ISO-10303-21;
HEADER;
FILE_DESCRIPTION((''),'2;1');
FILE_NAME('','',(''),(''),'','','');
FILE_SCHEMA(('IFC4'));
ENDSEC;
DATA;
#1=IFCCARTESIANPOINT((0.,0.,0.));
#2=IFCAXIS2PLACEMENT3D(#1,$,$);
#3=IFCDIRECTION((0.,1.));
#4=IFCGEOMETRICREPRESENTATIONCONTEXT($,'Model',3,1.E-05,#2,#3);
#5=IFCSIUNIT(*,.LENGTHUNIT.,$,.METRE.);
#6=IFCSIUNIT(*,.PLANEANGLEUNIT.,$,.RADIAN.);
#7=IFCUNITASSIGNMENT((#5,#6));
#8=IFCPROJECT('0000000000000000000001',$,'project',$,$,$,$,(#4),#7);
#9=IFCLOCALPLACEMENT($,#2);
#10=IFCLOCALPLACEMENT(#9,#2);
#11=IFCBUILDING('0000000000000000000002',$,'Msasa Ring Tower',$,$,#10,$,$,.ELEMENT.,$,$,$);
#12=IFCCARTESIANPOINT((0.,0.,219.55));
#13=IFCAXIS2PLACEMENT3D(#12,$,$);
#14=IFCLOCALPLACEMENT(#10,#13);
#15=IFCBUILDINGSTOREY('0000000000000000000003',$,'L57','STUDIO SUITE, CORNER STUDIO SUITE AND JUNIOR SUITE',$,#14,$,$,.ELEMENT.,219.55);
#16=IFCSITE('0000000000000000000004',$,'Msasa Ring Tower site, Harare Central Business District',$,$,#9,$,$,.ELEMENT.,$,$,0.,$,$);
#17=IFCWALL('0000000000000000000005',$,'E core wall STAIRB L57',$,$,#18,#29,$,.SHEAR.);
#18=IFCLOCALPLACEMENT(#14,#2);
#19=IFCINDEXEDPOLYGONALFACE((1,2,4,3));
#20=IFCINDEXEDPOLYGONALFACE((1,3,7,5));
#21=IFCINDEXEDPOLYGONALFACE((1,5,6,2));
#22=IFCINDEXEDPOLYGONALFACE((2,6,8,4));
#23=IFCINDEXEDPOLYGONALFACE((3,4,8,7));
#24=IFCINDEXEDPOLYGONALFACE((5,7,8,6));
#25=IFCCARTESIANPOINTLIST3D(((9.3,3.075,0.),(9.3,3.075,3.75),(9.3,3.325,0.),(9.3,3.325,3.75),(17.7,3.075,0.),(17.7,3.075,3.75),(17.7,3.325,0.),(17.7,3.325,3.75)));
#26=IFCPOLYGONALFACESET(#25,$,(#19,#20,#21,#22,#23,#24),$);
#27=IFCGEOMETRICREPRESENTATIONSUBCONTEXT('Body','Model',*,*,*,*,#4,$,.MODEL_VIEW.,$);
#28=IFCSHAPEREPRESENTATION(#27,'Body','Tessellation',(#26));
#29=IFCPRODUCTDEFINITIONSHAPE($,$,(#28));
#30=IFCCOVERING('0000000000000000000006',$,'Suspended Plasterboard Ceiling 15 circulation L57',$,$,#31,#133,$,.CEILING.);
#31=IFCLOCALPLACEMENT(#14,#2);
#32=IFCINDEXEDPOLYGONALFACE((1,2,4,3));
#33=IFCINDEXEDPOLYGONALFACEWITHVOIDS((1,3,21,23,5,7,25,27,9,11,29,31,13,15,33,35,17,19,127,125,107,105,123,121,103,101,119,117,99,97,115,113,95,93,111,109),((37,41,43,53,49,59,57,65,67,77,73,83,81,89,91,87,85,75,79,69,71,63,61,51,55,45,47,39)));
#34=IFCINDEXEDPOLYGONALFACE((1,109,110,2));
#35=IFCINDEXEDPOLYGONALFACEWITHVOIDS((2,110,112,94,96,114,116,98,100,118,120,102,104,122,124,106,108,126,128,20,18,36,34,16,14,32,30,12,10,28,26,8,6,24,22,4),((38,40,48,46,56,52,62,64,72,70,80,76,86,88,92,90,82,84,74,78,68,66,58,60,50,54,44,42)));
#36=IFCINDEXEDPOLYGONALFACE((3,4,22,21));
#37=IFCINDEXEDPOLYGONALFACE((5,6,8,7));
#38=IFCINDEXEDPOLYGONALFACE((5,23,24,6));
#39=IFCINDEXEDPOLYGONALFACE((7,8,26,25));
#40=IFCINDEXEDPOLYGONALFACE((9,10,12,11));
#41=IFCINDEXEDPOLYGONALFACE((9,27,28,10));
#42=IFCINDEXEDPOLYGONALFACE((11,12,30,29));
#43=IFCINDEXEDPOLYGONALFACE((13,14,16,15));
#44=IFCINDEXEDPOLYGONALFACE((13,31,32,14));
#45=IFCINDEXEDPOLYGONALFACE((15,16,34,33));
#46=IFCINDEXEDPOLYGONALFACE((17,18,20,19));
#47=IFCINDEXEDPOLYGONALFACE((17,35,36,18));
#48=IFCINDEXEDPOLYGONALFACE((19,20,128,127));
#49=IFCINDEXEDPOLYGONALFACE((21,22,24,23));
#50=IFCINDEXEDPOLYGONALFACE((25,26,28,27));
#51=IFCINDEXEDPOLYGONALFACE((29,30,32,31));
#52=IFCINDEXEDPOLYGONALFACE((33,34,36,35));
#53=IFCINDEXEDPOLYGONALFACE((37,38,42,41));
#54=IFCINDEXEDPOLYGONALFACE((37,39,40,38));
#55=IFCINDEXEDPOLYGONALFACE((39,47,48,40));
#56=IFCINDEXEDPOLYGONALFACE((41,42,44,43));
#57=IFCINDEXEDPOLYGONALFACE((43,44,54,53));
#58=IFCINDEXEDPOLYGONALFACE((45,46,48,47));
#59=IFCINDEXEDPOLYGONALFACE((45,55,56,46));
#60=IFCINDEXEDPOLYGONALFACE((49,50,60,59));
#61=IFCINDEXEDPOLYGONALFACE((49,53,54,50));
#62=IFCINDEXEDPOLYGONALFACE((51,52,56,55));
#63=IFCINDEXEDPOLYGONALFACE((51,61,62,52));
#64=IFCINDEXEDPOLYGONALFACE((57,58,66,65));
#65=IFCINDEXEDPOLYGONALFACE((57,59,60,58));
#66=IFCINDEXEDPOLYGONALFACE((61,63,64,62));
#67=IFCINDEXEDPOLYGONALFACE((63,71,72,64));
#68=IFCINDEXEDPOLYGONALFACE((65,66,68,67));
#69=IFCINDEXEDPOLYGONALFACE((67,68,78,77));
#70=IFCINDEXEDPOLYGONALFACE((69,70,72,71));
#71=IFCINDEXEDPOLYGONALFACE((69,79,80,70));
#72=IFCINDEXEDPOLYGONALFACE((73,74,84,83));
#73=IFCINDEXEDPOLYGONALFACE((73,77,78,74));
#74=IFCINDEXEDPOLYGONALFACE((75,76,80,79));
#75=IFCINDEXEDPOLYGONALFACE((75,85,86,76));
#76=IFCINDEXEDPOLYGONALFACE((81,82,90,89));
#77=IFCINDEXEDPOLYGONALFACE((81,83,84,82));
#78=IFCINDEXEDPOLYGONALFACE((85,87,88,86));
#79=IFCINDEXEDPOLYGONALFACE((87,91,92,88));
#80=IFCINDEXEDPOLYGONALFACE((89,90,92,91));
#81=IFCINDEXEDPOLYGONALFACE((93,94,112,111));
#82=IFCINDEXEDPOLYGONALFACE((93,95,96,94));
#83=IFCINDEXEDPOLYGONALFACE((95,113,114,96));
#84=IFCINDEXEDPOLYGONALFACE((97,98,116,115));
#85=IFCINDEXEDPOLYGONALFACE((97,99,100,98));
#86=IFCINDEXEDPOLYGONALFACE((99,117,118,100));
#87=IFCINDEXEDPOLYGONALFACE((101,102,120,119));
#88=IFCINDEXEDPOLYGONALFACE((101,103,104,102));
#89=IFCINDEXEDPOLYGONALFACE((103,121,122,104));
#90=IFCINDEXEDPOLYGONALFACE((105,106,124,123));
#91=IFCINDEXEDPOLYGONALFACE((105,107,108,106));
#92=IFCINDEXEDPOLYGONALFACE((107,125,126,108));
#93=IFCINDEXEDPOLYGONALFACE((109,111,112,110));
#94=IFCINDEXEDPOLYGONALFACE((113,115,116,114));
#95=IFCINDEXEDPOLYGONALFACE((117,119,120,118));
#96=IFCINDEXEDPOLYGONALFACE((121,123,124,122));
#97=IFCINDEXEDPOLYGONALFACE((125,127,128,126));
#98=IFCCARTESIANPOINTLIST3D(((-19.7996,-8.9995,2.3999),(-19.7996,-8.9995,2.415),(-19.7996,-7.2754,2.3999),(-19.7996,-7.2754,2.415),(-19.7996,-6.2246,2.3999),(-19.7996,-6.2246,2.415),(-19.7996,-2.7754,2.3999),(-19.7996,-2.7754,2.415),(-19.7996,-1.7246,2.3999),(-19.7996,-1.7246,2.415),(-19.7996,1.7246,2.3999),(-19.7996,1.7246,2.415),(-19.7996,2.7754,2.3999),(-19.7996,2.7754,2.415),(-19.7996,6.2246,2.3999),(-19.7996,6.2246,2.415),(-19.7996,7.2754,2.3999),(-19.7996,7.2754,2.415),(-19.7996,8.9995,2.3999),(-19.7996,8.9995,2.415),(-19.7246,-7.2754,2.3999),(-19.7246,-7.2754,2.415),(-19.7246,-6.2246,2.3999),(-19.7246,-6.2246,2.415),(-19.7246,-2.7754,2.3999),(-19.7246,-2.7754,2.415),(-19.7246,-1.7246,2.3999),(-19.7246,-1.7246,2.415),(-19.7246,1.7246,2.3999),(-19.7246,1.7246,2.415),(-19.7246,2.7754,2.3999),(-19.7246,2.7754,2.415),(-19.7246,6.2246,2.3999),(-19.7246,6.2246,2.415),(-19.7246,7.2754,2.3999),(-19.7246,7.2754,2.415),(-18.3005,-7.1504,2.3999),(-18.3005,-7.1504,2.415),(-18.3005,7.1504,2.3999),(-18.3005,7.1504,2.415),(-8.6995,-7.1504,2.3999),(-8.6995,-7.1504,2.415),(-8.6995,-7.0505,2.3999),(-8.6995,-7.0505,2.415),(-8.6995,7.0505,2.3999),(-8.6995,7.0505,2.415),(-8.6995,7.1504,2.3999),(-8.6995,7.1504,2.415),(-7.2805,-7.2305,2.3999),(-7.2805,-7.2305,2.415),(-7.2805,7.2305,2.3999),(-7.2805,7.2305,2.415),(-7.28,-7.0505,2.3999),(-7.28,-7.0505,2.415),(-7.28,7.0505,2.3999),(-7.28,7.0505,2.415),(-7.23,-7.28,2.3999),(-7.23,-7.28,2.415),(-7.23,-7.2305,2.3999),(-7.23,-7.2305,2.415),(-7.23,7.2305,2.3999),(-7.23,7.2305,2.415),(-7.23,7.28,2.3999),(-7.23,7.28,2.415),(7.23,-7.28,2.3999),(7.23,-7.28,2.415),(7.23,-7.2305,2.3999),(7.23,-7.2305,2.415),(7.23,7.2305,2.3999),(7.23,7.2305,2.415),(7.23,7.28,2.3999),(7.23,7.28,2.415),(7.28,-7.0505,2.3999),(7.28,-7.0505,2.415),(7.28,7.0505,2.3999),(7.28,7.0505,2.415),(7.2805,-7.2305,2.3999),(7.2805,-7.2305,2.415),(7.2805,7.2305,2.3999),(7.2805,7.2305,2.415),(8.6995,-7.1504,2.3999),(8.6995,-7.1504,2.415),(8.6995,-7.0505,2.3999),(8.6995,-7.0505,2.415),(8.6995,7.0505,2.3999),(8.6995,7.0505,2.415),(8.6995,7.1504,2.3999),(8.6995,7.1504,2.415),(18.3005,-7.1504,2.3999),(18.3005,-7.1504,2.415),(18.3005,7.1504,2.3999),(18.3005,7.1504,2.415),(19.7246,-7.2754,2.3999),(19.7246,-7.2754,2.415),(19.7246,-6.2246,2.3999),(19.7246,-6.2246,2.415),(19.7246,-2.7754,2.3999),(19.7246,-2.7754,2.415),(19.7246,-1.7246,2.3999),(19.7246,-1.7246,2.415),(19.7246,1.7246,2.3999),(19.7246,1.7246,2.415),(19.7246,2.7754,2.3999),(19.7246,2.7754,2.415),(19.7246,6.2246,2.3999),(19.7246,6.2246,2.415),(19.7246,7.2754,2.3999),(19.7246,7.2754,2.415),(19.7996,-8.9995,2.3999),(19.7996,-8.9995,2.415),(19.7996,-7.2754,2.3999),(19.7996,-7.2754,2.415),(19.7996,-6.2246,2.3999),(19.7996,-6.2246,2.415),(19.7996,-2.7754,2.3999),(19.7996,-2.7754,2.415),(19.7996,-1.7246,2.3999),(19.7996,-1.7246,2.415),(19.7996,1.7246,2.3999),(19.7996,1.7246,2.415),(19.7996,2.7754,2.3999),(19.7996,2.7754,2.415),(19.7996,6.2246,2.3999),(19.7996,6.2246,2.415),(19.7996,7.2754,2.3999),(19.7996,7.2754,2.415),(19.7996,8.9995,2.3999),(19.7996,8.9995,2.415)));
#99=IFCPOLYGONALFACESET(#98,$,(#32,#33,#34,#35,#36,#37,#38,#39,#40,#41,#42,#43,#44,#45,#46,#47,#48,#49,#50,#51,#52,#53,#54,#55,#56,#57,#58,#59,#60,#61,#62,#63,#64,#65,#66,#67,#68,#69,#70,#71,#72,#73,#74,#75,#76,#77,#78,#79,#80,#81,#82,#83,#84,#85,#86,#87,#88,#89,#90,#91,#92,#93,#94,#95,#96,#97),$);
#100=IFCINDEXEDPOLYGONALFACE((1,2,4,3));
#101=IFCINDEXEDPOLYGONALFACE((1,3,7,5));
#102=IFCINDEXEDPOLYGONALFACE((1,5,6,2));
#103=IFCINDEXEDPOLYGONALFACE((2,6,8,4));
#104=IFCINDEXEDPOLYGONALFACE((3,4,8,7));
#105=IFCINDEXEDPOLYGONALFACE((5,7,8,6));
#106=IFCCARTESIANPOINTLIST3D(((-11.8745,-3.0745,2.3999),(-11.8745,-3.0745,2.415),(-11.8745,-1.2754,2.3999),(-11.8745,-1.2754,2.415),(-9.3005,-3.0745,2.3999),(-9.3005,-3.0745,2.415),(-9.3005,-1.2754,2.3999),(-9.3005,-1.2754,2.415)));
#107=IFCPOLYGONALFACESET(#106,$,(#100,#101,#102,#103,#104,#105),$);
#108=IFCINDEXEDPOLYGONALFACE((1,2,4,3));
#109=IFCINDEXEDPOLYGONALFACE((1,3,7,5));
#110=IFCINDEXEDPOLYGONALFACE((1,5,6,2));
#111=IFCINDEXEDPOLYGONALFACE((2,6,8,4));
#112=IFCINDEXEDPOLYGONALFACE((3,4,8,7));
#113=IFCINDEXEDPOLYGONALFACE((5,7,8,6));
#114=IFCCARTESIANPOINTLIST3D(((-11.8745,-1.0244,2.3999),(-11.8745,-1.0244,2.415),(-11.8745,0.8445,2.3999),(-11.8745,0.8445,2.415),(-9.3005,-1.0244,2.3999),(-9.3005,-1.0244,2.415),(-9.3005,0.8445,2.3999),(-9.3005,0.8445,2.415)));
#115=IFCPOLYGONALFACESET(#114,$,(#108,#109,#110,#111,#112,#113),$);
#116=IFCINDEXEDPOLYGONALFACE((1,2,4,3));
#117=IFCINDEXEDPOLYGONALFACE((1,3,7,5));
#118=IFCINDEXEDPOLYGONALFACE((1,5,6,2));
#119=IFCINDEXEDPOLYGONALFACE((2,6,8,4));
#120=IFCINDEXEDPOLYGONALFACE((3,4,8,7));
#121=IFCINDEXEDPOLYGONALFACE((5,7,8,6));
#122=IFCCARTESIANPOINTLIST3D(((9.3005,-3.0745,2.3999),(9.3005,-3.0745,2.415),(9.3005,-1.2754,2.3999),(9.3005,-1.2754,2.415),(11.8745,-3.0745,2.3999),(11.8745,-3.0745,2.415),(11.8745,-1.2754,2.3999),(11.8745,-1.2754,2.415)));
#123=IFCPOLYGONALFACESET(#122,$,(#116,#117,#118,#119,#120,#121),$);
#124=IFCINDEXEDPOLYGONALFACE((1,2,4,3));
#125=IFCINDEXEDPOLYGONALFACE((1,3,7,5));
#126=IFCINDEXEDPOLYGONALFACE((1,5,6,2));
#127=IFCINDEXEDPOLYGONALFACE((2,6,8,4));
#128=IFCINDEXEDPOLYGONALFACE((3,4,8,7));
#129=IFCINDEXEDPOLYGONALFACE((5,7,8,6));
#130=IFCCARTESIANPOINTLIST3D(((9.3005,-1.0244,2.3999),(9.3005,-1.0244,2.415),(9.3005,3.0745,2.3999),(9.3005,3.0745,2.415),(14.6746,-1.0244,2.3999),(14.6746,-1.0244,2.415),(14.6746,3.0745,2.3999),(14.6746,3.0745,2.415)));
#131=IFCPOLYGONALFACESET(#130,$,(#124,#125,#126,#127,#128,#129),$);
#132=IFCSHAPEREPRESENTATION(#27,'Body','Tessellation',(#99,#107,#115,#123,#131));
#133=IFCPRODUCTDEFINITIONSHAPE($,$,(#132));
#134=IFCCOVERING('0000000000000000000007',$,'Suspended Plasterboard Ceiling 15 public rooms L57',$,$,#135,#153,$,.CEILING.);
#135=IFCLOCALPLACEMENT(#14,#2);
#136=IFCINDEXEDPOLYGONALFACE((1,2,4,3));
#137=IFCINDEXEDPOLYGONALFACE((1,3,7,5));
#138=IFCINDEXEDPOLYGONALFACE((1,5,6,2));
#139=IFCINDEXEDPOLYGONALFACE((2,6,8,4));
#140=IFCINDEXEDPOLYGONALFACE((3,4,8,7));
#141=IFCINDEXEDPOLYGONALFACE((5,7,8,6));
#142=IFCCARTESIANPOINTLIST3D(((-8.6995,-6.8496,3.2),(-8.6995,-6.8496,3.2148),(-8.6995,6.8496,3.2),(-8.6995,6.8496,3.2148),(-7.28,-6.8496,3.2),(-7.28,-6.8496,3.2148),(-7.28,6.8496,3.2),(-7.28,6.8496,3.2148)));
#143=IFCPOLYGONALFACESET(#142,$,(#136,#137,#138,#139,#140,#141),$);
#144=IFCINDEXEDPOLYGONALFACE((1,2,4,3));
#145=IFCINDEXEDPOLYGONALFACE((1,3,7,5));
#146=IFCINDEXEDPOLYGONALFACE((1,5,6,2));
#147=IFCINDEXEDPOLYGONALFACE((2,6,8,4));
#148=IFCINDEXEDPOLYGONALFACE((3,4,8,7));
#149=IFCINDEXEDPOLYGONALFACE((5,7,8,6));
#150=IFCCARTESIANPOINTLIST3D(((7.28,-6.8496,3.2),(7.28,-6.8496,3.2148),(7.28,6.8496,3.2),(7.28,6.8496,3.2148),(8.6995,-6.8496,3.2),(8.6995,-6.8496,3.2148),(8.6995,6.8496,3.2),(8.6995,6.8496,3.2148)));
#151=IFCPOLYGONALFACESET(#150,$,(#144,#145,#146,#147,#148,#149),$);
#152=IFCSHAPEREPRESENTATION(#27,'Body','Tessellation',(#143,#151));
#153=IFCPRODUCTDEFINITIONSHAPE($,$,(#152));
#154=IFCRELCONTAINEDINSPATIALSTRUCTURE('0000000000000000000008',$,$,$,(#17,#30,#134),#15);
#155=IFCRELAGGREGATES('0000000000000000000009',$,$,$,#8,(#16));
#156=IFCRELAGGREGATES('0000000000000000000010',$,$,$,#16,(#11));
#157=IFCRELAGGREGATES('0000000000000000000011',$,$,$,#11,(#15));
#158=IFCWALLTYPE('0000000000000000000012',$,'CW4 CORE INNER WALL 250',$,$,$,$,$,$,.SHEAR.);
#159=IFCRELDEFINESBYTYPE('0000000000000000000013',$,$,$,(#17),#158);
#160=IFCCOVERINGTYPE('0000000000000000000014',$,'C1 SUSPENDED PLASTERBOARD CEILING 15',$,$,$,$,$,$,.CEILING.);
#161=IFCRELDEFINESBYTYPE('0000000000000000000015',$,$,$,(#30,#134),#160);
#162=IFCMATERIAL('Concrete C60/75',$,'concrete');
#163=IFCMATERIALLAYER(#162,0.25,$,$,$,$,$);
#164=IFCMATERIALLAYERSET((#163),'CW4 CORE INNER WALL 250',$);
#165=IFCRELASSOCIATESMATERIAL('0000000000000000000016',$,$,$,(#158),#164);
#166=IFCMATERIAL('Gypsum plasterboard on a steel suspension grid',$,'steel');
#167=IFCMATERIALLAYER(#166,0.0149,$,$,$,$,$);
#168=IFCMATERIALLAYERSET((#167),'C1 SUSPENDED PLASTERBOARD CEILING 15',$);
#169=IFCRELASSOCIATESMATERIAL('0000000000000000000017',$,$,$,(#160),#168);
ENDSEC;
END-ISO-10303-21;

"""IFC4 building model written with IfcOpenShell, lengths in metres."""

from ifc_helpers import new_model, si_unit, direction, frame, frame_2d, origin, place, context, subcontext, project, spatial, line, indexed_curve, rectangle, outline, extrude, material, layer, layer_set, type_object, element, save


model = new_model("IFC4")

# Units and contexts
model_context = context("Model", 3, precision=1e-05, world=origin(), true_north=direction((0.0, 1.0)))
body_context = subcontext(model_context, "Body", "Model", "MODEL_VIEW")
ifc_project = project(units=[si_unit("LENGTHUNIT", "METRE"), si_unit("PLANEANGLEUNIT", "RADIAN")], contexts=[model_context])

# Site, building, storey
site_placement = place(None, origin())
site = spatial("IfcSite", under=ifc_project, at=site_placement, Name="Msasa Ring Tower site, Harare Central Business District", CompositionType="ELEMENT", RefElevation=0.0)
building_placement = place(site_placement, origin())
building = spatial("IfcBuilding", under=site, at=building_placement, Name="Msasa Ring Tower", CompositionType="ELEMENT")
storey_placement = place(building_placement, frame((0.0, 0.0, 219.55)))
storey = spatial("IfcBuildingStorey", under=building, at=storey_placement, Name="L57", Description="STUDIO SUITE, CORNER STUDIO SUITE AND JUNIOR SUITE", CompositionType="ELEMENT", Elevation=219.55)

# Wall
ifc_material_1 = material(Name="Concrete C60/75", Category="concrete")
ifc_layer_1 = layer(ifc_material_1, 0.25)
ifc_layer_set_1 = layer_set([ifc_layer_1], Name="CW4 CORE INNER WALL 250")
wall_type = type_object("IfcWallType", Name="CW4 CORE INNER WALL 250", PredefinedType="SHEAR", material=ifc_layer_set_1)
wall_placement = place(storey_placement, frame((9.3, 3.2, 0.0), z_axis=(0.0, 0.0, 1.0), x_axis=(1.0, 0.0, 0.0)))
element("IfcWall", 1, at=wall_placement, inside=storey, type_object=wall_type, Name="E core wall STAIRB L57", PredefinedType="SHEAR", context=body_context, shape_type="SweptSolid", body=[
    extrude(rectangle(XDim=8.3999, YDim=0.25, at=frame_2d((4.2, 0.0))), origin(), (0.0, 0.0, 1.0), 3.75),
])

# Coverings
ifc_material_2 = material(Name="Gypsum plasterboard on a steel suspension grid", Category="steel")
ifc_layer_2 = layer(ifc_material_2, 0.0149)
ifc_layer_set_2 = layer_set([ifc_layer_2], Name="C1 SUSPENDED PLASTERBOARD CEILING 15")
covering_type_1 = type_object("IfcCoveringType", Name="C1 SUSPENDED PLASTERBOARD CEILING 15", PredefinedType="CEILING", material=ifc_layer_set_2)
covering_1_placement = place(storey_placement, frame((0.0, 0.0, 2.3999)))
element("IfcCovering", 2, at=covering_1_placement, inside=storey, type_object=covering_type_1, Name="Suspended Plasterboard Ceiling 15 circulation L57", PredefinedType="CEILING", context=body_context, shape_type="SweptSolid", body=[
    extrude(outline(indexed_curve([(19.7996, 7.2754), (19.7246, 7.2754), (19.7246, 6.2246), (19.7996, 6.2246), (19.7996, 2.7754), (19.7246, 2.7754), (19.7246, 1.7246), (19.7996, 1.7246), (19.7996, -1.7246), (19.7246, -1.7246), (19.7246, -2.7754), (19.7996, -2.7754), (19.7996, -6.2246), (19.7246, -6.2246), (19.7246, -7.2754), (19.7996, -7.2754), (19.7996, -8.9995), (-19.7996, -8.9995), (-19.7996, -7.2754), (-19.7246, -7.2754), (-19.7246, -6.2246), (-19.7996, -6.2246), (-19.7996, -2.7754), (-19.7246, -2.7754), (-19.7246, -1.7246), (-19.7996, -1.7246), (-19.7996, 1.7246), (-19.7246, 1.7246), (-19.7246, 2.7754), (-19.7996, 2.7754), (-19.7996, 6.2246), (-19.7246, 6.2246), (-19.7246, 7.2754), (-19.7996, 7.2754), (-19.7996, 8.9995), (19.7996, 8.9995)], segments=[line(1, 2, 3, 4, 5, 6, 7, 8, 9, 10, 11, 12, 13, 14, 15, 16, 17, 18, 19, 20, 21, 22, 23, 24, 25, 26, 27, 28, 29, 30, 31, 32, 33, 34, 35, 36, 1)], self_intersect=False), holes=[indexed_curve([(8.6995, -7.1504), (18.3005, -7.1504), (18.3005, 7.1504), (8.6995, 7.1504), (8.6995, 7.0505), (7.28, 7.0505), (7.2805, 7.2305), (7.23, 7.2305), (7.23, 7.28), (-7.23, 7.28), (-7.23, 7.2305), (-7.2805, 7.2305), (-7.28, 7.0505), (-8.6995, 7.0505), (-8.6995, 7.1504), (-18.3005, 7.1504), (-18.3005, -7.1504), (-8.6995, -7.1504), (-8.6995, -7.0505), (-7.28, -7.0505), (-7.2805, -7.2305), (-7.23, -7.2305), (-7.23, -7.28), (7.23, -7.28), (7.23, -7.2305), (7.2805, -7.2305), (7.28, -7.0505), (8.6995, -7.0505)], segments=[line(1, 2, 3, 4, 5, 6, 7, 8, 9, 10, 11, 12, 13, 14, 15, 16, 17, 18, 19, 20, 21, 22, 23, 24, 25, 26, 27, 28, 1)], self_intersect=False)]), origin(), (0.0, 0.0, 1.0), 0.0151),
    extrude(outline(indexed_curve([(-9.3005, -3.0745), (-11.8745, -3.0745), (-11.8745, -1.2754), (-9.3005, -1.2754)], segments=[line(1, 2, 3, 4, 1)], self_intersect=False)), origin(), (0.0, 0.0, 1.0), 0.0151),
    extrude(outline(indexed_curve([(-9.3005, -1.0244), (-11.8745, -1.0244), (-11.8745, 0.8445), (-9.3005, 0.8445)], segments=[line(1, 2, 3, 4, 1)], self_intersect=False)), origin(), (0.0, 0.0, 1.0), 0.0151),
    extrude(outline(indexed_curve([(11.8745, -3.0745), (9.3005, -3.0745), (9.3005, -1.2754), (11.8745, -1.2754)], segments=[line(1, 2, 3, 4, 1)], self_intersect=False)), origin(), (0.0, 0.0, 1.0), 0.0151),
    extrude(outline(indexed_curve([(9.3005, -1.0244), (9.3005, 3.0745), (14.6746, 3.0745), (14.6746, -1.0244)], segments=[line(1, 2, 3, 4, 1)], self_intersect=False)), origin(), (0.0, 0.0, 1.0), 0.0151),
])
covering_2_placement = place(storey_placement, frame((0.0, 0.0, 3.2)))
element("IfcCovering", 3, at=covering_2_placement, inside=storey, type_object=covering_type_1, Name="Suspended Plasterboard Ceiling 15 public rooms L57", PredefinedType="CEILING", context=body_context, shape_type="SweptSolid", body=[
    extrude(outline(indexed_curve([(-7.28, 6.8496), (-7.28, -6.8496), (-8.6995, -6.8496), (-8.6995, 6.8496)], segments=[line(1, 2, 3, 4, 1)], self_intersect=False)), origin(), (0.0, 0.0, 1.0), 0.0149),
    extrude(outline(indexed_curve([(8.6995, 6.8496), (8.6995, -6.8496), (7.28, -6.8496), (7.28, 6.8496)], segments=[line(1, 2, 3, 4, 1)], self_intersect=False)), origin(), (0.0, 0.0, 1.0), 0.0149),
])

save(model, "model.ifc")
